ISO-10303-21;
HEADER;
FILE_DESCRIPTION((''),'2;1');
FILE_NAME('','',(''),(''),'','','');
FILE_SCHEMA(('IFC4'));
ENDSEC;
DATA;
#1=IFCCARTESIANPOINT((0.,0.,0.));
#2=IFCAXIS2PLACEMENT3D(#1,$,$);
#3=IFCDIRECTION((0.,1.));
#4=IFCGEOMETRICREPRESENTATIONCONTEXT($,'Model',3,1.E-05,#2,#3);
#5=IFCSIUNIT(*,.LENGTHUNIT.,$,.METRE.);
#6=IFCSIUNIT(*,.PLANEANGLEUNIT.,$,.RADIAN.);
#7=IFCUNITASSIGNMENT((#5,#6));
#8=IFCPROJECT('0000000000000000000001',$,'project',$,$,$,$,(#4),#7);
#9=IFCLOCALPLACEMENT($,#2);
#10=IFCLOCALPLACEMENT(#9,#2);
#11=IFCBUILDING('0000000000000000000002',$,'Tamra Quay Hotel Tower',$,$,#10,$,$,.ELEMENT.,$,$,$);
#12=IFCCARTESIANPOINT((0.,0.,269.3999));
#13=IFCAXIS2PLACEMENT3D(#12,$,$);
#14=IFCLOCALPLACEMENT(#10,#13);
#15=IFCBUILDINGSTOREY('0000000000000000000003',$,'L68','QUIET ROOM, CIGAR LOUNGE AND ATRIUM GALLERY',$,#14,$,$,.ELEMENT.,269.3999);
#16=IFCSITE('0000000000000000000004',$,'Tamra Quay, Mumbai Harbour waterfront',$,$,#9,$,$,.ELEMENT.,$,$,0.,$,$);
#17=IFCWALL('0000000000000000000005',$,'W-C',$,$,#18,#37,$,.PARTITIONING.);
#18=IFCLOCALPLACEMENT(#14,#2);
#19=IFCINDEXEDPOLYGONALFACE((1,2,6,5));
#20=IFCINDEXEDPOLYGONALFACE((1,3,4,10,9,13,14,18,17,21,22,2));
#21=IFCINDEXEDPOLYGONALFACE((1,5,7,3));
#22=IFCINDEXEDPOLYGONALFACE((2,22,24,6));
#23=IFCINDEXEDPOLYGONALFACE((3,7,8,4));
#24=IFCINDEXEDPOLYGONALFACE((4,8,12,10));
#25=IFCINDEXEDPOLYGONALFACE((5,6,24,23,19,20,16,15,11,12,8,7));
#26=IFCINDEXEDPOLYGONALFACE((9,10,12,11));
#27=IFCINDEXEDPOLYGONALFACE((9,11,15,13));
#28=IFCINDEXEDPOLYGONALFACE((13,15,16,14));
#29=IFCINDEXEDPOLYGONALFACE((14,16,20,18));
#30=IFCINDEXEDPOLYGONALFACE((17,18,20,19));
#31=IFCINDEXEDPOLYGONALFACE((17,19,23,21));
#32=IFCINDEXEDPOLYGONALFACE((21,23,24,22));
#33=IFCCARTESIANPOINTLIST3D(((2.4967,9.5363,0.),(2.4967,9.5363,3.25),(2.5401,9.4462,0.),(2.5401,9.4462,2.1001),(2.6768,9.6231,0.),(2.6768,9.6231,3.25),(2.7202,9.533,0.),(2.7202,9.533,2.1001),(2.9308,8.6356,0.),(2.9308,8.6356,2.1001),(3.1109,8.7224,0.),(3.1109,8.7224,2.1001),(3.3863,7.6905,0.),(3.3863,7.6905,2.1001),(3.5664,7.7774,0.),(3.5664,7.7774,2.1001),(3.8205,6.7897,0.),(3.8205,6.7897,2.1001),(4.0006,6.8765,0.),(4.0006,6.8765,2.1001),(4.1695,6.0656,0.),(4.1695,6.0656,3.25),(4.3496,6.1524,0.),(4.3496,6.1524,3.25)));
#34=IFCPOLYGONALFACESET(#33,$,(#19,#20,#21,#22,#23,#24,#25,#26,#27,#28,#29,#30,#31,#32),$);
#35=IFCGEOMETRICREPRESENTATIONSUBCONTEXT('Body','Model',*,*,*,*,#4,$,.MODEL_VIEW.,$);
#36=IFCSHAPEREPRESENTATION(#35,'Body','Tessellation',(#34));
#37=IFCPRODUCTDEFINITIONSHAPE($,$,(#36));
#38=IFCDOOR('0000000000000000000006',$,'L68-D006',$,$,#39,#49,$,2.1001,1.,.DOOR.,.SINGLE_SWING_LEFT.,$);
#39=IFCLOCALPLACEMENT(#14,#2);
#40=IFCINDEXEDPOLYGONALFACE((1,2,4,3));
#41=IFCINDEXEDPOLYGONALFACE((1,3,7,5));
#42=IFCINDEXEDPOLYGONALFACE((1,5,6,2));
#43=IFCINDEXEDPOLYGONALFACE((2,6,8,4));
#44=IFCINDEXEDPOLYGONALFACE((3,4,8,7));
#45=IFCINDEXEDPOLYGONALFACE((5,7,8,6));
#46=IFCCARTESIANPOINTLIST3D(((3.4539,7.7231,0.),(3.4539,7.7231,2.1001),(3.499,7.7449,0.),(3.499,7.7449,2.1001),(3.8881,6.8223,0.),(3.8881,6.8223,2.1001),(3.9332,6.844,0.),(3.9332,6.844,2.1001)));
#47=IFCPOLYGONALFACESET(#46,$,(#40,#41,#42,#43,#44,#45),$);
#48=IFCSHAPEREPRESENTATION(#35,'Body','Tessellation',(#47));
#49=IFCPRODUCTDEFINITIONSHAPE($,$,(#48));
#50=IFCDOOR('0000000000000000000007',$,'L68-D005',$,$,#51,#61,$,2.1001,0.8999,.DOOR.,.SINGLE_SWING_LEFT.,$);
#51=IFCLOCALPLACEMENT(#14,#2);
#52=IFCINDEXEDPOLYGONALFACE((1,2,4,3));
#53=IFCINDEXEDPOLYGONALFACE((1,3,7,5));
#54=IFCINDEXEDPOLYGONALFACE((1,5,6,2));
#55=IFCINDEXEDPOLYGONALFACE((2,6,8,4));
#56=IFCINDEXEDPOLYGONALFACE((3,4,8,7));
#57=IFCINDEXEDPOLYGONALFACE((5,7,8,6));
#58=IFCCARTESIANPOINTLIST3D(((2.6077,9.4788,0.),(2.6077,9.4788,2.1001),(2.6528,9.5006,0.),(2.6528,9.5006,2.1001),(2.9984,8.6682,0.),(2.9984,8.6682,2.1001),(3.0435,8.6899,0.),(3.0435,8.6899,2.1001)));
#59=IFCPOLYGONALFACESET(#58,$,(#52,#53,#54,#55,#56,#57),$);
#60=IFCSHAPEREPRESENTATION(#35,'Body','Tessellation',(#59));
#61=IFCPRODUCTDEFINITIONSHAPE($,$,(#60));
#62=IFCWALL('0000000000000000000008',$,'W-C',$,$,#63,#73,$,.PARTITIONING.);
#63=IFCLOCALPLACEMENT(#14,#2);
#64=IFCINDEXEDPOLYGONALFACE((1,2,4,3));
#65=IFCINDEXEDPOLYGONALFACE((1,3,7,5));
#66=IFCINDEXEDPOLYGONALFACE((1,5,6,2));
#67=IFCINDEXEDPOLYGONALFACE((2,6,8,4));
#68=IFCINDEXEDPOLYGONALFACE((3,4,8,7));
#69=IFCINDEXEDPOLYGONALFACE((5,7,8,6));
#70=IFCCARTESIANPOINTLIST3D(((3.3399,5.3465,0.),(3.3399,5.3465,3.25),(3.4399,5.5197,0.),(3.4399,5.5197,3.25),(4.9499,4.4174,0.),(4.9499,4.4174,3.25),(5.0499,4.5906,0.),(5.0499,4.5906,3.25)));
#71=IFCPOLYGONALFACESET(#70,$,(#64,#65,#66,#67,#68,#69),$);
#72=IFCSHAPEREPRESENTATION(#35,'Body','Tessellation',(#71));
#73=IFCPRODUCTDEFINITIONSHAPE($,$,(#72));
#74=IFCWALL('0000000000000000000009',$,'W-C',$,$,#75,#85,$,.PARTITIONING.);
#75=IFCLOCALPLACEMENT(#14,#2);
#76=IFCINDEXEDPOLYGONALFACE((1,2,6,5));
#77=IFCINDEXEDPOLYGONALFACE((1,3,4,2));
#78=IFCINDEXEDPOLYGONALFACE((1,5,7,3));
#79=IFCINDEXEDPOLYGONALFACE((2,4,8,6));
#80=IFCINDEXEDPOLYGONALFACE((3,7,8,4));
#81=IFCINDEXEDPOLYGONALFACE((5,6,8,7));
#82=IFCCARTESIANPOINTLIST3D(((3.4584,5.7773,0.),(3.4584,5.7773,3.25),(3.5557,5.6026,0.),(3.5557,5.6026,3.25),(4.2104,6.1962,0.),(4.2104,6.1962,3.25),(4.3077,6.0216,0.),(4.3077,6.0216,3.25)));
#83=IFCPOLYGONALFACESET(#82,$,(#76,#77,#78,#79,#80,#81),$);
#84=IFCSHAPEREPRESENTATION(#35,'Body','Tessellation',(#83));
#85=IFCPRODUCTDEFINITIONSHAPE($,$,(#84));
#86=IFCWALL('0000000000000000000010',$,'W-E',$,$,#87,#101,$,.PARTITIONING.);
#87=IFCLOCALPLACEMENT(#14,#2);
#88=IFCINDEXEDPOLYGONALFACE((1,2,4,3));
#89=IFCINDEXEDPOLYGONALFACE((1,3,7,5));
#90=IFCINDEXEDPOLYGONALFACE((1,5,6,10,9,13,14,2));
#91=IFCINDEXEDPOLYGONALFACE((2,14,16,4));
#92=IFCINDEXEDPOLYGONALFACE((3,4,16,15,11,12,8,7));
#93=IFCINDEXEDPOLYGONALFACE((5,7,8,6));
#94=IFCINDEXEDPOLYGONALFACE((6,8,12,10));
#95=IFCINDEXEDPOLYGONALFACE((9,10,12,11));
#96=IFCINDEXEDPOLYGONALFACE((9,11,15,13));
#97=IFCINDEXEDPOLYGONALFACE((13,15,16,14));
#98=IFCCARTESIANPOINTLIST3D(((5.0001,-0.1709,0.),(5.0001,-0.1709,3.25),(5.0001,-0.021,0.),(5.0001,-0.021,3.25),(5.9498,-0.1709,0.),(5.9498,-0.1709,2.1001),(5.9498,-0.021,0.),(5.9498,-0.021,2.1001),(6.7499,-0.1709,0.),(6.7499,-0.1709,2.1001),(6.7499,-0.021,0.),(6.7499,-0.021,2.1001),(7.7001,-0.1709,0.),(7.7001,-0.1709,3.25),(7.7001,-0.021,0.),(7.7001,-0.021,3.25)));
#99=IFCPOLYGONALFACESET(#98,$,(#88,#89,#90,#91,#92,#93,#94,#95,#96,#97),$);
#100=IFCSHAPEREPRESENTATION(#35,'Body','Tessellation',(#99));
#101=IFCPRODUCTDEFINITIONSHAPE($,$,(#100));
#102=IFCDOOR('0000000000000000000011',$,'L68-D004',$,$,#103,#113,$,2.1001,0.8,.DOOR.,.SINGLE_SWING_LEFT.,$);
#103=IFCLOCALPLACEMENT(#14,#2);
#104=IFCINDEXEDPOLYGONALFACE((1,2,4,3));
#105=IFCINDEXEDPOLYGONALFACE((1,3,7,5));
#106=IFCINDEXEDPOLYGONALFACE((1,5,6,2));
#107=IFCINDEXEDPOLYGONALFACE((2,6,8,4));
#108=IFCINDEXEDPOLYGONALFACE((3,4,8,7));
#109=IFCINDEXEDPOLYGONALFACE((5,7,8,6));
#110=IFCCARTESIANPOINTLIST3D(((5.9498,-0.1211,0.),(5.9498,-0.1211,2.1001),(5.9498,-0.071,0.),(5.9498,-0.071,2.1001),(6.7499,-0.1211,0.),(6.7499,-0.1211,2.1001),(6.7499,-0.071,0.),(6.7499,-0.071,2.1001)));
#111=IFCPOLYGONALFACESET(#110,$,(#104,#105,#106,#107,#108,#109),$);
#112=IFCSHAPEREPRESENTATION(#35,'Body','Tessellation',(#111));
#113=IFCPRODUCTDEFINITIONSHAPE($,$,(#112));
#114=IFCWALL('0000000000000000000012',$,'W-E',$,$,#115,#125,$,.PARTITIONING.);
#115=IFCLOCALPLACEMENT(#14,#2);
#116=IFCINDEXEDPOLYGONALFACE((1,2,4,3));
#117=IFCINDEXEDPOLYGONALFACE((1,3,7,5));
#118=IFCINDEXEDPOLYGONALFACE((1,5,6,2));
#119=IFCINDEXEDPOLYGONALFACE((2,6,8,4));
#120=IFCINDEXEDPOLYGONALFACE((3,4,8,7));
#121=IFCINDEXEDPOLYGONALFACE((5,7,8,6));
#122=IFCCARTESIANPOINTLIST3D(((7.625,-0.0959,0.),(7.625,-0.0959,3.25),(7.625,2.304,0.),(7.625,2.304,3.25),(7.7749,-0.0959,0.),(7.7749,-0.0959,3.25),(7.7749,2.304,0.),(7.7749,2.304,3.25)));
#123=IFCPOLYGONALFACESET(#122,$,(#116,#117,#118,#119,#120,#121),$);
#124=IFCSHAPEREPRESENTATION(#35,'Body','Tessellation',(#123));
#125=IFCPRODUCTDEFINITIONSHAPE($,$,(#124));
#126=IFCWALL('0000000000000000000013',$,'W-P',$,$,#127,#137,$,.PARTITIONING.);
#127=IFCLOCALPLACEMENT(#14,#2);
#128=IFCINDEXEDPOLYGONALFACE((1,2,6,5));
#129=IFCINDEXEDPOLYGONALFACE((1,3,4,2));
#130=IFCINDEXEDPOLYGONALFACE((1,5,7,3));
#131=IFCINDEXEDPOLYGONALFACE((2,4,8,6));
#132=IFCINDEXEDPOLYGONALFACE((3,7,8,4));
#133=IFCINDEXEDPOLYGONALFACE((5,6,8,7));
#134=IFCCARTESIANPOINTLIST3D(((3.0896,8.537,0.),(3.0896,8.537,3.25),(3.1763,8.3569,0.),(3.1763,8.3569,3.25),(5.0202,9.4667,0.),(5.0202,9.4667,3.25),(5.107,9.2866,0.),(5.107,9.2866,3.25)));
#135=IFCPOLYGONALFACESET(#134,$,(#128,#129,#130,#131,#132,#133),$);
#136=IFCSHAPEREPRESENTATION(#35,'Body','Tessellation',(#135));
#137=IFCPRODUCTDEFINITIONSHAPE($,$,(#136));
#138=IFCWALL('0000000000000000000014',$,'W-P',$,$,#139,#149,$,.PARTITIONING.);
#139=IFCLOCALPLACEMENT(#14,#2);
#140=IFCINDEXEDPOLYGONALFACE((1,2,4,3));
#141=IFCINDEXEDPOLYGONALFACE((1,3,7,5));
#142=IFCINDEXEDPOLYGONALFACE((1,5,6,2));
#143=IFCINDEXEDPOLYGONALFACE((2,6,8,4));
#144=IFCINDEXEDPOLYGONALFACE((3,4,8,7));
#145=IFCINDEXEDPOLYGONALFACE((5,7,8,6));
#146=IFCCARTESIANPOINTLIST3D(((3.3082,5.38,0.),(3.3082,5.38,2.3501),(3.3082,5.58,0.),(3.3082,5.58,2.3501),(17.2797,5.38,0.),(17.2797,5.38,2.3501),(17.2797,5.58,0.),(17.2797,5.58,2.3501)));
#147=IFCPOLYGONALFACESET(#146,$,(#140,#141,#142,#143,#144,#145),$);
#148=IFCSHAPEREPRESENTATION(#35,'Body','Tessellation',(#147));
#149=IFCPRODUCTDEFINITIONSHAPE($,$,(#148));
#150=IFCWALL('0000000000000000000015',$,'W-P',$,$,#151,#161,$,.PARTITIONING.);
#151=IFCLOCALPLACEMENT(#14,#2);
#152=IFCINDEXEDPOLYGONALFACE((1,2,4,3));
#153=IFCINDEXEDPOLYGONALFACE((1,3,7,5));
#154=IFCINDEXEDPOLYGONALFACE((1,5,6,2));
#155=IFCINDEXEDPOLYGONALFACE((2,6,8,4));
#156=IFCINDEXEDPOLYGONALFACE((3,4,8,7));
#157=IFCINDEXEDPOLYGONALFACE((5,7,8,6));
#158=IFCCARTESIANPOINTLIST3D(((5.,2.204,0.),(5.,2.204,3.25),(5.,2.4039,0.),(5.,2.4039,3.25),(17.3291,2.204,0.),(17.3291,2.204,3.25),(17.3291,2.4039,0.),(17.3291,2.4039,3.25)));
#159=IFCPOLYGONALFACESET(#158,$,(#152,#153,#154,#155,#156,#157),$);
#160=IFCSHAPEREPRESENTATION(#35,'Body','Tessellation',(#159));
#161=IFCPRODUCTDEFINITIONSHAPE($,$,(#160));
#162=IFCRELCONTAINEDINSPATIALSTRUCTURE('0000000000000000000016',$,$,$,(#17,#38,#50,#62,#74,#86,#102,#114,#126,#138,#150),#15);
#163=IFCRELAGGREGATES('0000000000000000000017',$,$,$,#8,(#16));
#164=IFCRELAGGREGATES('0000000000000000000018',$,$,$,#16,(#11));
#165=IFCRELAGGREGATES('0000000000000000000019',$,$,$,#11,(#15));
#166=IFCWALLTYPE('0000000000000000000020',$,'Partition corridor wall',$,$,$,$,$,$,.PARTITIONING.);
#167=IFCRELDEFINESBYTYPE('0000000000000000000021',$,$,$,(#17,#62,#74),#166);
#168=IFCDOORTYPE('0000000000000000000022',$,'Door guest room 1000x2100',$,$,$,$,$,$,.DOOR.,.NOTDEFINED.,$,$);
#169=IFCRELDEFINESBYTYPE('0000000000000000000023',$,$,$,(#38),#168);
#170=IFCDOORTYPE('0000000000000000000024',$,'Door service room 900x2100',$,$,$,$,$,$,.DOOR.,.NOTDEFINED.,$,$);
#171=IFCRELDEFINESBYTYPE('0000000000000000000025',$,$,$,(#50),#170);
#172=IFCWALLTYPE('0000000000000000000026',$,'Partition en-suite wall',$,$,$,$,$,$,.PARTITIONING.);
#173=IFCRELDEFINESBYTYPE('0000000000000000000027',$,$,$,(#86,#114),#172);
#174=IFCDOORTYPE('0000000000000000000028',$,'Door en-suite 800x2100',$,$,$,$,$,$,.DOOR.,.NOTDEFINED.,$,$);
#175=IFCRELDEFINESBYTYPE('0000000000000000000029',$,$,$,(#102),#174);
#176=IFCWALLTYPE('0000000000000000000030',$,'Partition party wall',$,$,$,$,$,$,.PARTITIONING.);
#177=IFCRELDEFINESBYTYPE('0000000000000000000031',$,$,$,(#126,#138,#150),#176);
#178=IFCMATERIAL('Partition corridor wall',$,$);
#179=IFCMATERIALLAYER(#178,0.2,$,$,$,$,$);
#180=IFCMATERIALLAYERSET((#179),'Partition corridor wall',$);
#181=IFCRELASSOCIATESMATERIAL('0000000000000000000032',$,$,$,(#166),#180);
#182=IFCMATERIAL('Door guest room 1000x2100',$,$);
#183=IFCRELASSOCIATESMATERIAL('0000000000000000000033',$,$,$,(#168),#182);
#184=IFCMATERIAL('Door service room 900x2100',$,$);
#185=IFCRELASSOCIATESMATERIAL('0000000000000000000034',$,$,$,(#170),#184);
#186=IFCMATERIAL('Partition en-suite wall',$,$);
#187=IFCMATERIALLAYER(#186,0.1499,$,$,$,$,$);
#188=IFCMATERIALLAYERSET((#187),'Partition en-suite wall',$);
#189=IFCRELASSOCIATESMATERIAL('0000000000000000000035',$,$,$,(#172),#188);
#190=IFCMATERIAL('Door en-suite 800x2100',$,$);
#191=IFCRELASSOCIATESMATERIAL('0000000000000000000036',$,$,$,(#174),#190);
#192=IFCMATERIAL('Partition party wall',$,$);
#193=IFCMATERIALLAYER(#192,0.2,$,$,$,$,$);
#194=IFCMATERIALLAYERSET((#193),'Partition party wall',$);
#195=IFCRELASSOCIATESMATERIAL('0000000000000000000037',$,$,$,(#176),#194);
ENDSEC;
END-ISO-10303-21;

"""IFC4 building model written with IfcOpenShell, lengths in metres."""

from ifc_helpers import new_model, si_unit, direction, frame, frame_2d, origin, place, context, subcontext, project, spatial, rectangle, extrude, material, layer, layer_set, type_object, element, fill, save


model = new_model("IFC4")

# Units and contexts
model_context = context("Model", 3, precision=1e-05, world=origin(), true_north=direction((0.0, 1.0)))
body_context = subcontext(model_context, "Body", "Model", "MODEL_VIEW")
ifc_project = project(units=[si_unit("LENGTHUNIT", "METRE"), si_unit("PLANEANGLEUNIT", "RADIAN")], contexts=[model_context])

# Site, building, storey
site_placement = place(None, origin())
site = spatial("IfcSite", under=ifc_project, at=site_placement, Name="Tamra Quay, Mumbai Harbour waterfront", CompositionType="ELEMENT", RefElevation=0.0)
building_placement = place(site_placement, origin())
building = spatial("IfcBuilding", under=site, at=building_placement, Name="Tamra Quay Hotel Tower", CompositionType="ELEMENT")
storey_placement = place(building_placement, frame((0.0, 0.0, 269.3999)))
storey = spatial("IfcBuildingStorey", under=building, at=storey_placement, Name="L68", Description="QUIET ROOM, CIGAR LOUNGE AND ATRIUM GALLERY", CompositionType="ELEMENT", Elevation=269.3999)

# Wall, openings, doors
ifc_material_1 = material(Name="Partition corridor wall")
ifc_layer_1 = layer(ifc_material_1, 0.2)
ifc_layer_set_1 = layer_set([ifc_layer_1], Name="Partition corridor wall")
wall_type_1 = type_object("IfcWallType", Name="Partition corridor wall", PredefinedType="PARTITIONING", material=ifc_layer_set_1)
wall_1_placement = place(storey_placement, frame((4.2595, 6.1091, 0.0), z_axis=(0.0, 0.0, 1.0), x_axis=(-0.434189, 0.900822, 0.0)))
wall_1 = element("IfcWall", 1, at=wall_1_placement, inside=storey, type_object=wall_type_1, Name="W-C", PredefinedType="PARTITIONING", context=body_context, shape_type="SweptSolid", body=[
    extrude(rectangle(XDim=3.8528, YDim=0.2, at=frame_2d((1.9263, 0.0))), origin(), (0.0, 0.0, 1.0), 3.25),
])
opening_1_placement = place(wall_1_placement, frame((2.8528, 0.0, 0.0)))
opening_1 = element("IfcOpeningElement", 2, at=opening_1_placement, cuts=wall_1, PredefinedType="OPENING", context=body_context, shape_type="SweptSolid", body=[
    extrude(rectangle(XDim=0.8999, YDim=2.1001, at=frame_2d((0.45, 1.05))), frame((0.0, 0.1099, 0.0), z_axis=(0.0, -1.0, 0.0), x_axis=(1.0, 0.0, 0.0)), (0.0, 0.0, 1.0), 0.22),
])
opening_2_placement = place(wall_1_placement, frame((0.8037, 0.0, 0.0)))
opening_2 = element("IfcOpeningElement", 3, at=opening_2_placement, cuts=wall_1, PredefinedType="OPENING", context=body_context, shape_type="SweptSolid", body=[
    extrude(rectangle(XDim=1.0, YDim=2.1001, at=frame_2d((0.5, 1.05))), frame((0.0, 0.1099, 0.0), z_axis=(0.0, -1.0, 0.0), x_axis=(1.0, 0.0, 0.0)), (0.0, 0.0, 1.0), 0.22),
])
ifc_material_2 = material(Name="Door guest room 1000x2100")
door_type_1 = type_object("IfcDoorType", Name="Door guest room 1000x2100", OperationType="NOTDEFINED", PredefinedType="DOOR", material=ifc_material_2)
door_1_placement = place(opening_2_placement, origin())
door_1 = element("IfcDoor", 4, at=door_1_placement, inside=storey, type_object=door_type_1, Name="L68-D006", OperationType="SINGLE_SWING_LEFT", OverallHeight=2.1001, OverallWidth=1.0, PredefinedType="DOOR", context=body_context, shape_type="SweptSolid", body=[
    extrude(rectangle(XDim=1.0, YDim=2.1001, at=frame_2d((0.5, 1.05))), frame((0.0, 0.0249, 0.0), z_axis=(0.0, -1.0, 0.0), x_axis=(1.0, 0.0, 0.0)), (0.0, 0.0, 1.0), 0.05),
])
fill(opening_2, door_1)
ifc_material_3 = material(Name="Door service room 900x2100")
door_type_2 = type_object("IfcDoorType", Name="Door service room 900x2100", OperationType="NOTDEFINED", PredefinedType="DOOR", material=ifc_material_3)
door_2_placement = place(opening_1_placement, origin())
door_2 = element("IfcDoor", 5, at=door_2_placement, inside=storey, type_object=door_type_2, Name="L68-D005", OperationType="SINGLE_SWING_LEFT", OverallHeight=2.1001, OverallWidth=0.8999, PredefinedType="DOOR", context=body_context, shape_type="SweptSolid", body=[
    extrude(rectangle(XDim=0.8999, YDim=2.1001, at=frame_2d((0.45, 1.05))), frame((0.0, 0.0249, 0.0), z_axis=(0.0, -1.0, 0.0), x_axis=(1.0, 0.0, 0.0)), (0.0, 0.0, 1.0), 0.05),
])
fill(opening_1, door_2)

# Walls
wall_2_placement = place(storey_placement, frame((3.3899, 5.4331, 0.0), z_axis=(0.0, 0.0, 1.0), x_axis=(0.866118, -0.49984, 0.0)))
element("IfcWall", 6, at=wall_2_placement, inside=storey, type_object=wall_type_1, Name="W-C", PredefinedType="PARTITIONING", context=body_context, shape_type="SweptSolid", body=[
    extrude(rectangle(XDim=1.8589, YDim=0.2, at=frame_2d((0.9294, 0.0))), origin(), (0.0, 0.0, 1.0), 3.25),
])
wall_3_placement = place(storey_placement, frame((3.5071, 5.6899, 0.0), z_axis=(0.0, 0.0, 1.0), x_axis=(0.873568, 0.486702, 0.0)))
element("IfcWall", 7, at=wall_3_placement, inside=storey, type_object=wall_type_1, Name="W-C", PredefinedType="PARTITIONING", context=body_context, shape_type="SweptSolid", body=[
    extrude(rectangle(XDim=0.8608, YDim=0.2, at=frame_2d((0.4304, 0.0))), origin(), (0.0, 0.0, 1.0), 3.25),
])

# Wall, opening, door
ifc_material_4 = material(Name="Partition en-suite wall")
ifc_layer_2 = layer(ifc_material_4, 0.1499)
ifc_layer_set_2 = layer_set([ifc_layer_2], Name="Partition en-suite wall")
wall_type_2 = type_object("IfcWallType", Name="Partition en-suite wall", PredefinedType="PARTITIONING", material=ifc_layer_set_2)
wall_4_placement = place(storey_placement, frame((5.0, -0.0959, 0.0), z_axis=(0.0, 0.0, 1.0), x_axis=(1.0, 0.0, 0.0)))
wall_4 = element("IfcWall", 8, at=wall_4_placement, inside=storey, type_object=wall_type_2, Name="W-E", PredefinedType="PARTITIONING", context=body_context, shape_type="SweptSolid", body=[
    extrude(rectangle(XDim=2.7, YDim=0.1499, at=frame_2d((1.3501, 0.0))), origin(), (0.0, 0.0, 1.0), 3.25),
])
opening_3_placement = place(wall_4_placement, frame((0.95, 0.0, 0.0)))
opening_3 = element("IfcOpeningElement", 9, at=opening_3_placement, cuts=wall_4, PredefinedType="OPENING", context=body_context, shape_type="SweptSolid", body=[
    extrude(rectangle(XDim=0.8, YDim=2.1001, at=frame_2d((0.3999, 1.05))), frame((0.0, 0.085, 0.0), z_axis=(0.0, -1.0, 0.0), x_axis=(1.0, 0.0, 0.0)), (0.0, 0.0, 1.0), 0.1699),
])
ifc_material_5 = material(Name="Door en-suite 800x2100")
door_type_3 = type_object("IfcDoorType", Name="Door en-suite 800x2100", OperationType="NOTDEFINED", PredefinedType="DOOR", material=ifc_material_5)
door_3_placement = place(opening_3_placement, origin())
door_3 = element("IfcDoor", 10, at=door_3_placement, inside=storey, type_object=door_type_3, Name="L68-D004", OperationType="SINGLE_SWING_LEFT", OverallHeight=2.1001, OverallWidth=0.8, PredefinedType="DOOR", context=body_context, shape_type="SweptSolid", body=[
    extrude(rectangle(XDim=0.8, YDim=2.1001, at=frame_2d((0.3999, 1.05))), frame((0.0, 0.0249, 0.0), z_axis=(0.0, -1.0, 0.0), x_axis=(1.0, 0.0, 0.0)), (0.0, 0.0, 1.0), 0.05),
])
fill(opening_3, door_3)

# Walls
wall_5_placement = place(storey_placement, frame((7.7, -0.0959, 0.0), z_axis=(0.0, 0.0, 1.0), x_axis=(0.0, 1.0, 0.0)))
element("IfcWall", 11, at=wall_5_placement, inside=storey, type_object=wall_type_2, Name="W-E", PredefinedType="PARTITIONING", context=body_context, shape_type="SweptSolid", body=[
    extrude(rectangle(XDim=2.3999, YDim=0.1499, at=frame_2d((1.2, 0.0))), origin(), (0.0, 0.0, 1.0), 3.25),
])
ifc_material_6 = material(Name="Partition party wall")
ifc_layer_3 = layer(ifc_material_6, 0.2)
ifc_layer_set_3 = layer_set([ifc_layer_3], Name="Partition party wall")
wall_type_3 = type_object("IfcWallType", Name="Partition party wall", PredefinedType="PARTITIONING", material=ifc_layer_set_3)
wall_6_placement = place(storey_placement, frame((3.1331, 8.447, 0.0), z_axis=(0.0, 0.0, 1.0), x_axis=(0.900982, 0.433857, 0.0)))
element("IfcWall", 12, at=wall_6_placement, inside=storey, type_object=wall_type_3, Name="W-P", PredefinedType="PARTITIONING", context=body_context, shape_type="SweptSolid", body=[
    extrude(rectangle(XDim=2.1428, YDim=0.2, at=frame_2d((1.0713, 0.0))), origin(), (0.0, 0.0, 1.0), 3.25),
])
wall_7_placement = place(storey_placement, frame((3.3081, 5.48, 0.0), z_axis=(0.0, 0.0, 1.0), x_axis=(1.0, 0.0, 0.0)))
element("IfcWall", 13, at=wall_7_placement, inside=storey, type_object=wall_type_3, Name="W-P", PredefinedType="PARTITIONING", context=body_context, shape_type="SweptSolid", body=[
    extrude(rectangle(XDim=13.9714, YDim=0.2, at=frame_2d((6.9858, 0.0))), origin(), (0.0, 0.0, 1.0), 2.3501),
])
wall_8_placement = place(storey_placement, frame((5.0, 2.304, 0.0), z_axis=(0.0, 0.0, 1.0), x_axis=(1.0, 0.0, 0.0)))
element("IfcWall", 14, at=wall_8_placement, inside=storey, type_object=wall_type_3, Name="W-P", PredefinedType="PARTITIONING", context=body_context, shape_type="SweptSolid", body=[
    extrude(rectangle(XDim=12.3291, YDim=0.2, at=frame_2d((6.1646, 0.0))), origin(), (0.0, 0.0, 1.0), 3.25),
])

save(model, "model.ifc")
